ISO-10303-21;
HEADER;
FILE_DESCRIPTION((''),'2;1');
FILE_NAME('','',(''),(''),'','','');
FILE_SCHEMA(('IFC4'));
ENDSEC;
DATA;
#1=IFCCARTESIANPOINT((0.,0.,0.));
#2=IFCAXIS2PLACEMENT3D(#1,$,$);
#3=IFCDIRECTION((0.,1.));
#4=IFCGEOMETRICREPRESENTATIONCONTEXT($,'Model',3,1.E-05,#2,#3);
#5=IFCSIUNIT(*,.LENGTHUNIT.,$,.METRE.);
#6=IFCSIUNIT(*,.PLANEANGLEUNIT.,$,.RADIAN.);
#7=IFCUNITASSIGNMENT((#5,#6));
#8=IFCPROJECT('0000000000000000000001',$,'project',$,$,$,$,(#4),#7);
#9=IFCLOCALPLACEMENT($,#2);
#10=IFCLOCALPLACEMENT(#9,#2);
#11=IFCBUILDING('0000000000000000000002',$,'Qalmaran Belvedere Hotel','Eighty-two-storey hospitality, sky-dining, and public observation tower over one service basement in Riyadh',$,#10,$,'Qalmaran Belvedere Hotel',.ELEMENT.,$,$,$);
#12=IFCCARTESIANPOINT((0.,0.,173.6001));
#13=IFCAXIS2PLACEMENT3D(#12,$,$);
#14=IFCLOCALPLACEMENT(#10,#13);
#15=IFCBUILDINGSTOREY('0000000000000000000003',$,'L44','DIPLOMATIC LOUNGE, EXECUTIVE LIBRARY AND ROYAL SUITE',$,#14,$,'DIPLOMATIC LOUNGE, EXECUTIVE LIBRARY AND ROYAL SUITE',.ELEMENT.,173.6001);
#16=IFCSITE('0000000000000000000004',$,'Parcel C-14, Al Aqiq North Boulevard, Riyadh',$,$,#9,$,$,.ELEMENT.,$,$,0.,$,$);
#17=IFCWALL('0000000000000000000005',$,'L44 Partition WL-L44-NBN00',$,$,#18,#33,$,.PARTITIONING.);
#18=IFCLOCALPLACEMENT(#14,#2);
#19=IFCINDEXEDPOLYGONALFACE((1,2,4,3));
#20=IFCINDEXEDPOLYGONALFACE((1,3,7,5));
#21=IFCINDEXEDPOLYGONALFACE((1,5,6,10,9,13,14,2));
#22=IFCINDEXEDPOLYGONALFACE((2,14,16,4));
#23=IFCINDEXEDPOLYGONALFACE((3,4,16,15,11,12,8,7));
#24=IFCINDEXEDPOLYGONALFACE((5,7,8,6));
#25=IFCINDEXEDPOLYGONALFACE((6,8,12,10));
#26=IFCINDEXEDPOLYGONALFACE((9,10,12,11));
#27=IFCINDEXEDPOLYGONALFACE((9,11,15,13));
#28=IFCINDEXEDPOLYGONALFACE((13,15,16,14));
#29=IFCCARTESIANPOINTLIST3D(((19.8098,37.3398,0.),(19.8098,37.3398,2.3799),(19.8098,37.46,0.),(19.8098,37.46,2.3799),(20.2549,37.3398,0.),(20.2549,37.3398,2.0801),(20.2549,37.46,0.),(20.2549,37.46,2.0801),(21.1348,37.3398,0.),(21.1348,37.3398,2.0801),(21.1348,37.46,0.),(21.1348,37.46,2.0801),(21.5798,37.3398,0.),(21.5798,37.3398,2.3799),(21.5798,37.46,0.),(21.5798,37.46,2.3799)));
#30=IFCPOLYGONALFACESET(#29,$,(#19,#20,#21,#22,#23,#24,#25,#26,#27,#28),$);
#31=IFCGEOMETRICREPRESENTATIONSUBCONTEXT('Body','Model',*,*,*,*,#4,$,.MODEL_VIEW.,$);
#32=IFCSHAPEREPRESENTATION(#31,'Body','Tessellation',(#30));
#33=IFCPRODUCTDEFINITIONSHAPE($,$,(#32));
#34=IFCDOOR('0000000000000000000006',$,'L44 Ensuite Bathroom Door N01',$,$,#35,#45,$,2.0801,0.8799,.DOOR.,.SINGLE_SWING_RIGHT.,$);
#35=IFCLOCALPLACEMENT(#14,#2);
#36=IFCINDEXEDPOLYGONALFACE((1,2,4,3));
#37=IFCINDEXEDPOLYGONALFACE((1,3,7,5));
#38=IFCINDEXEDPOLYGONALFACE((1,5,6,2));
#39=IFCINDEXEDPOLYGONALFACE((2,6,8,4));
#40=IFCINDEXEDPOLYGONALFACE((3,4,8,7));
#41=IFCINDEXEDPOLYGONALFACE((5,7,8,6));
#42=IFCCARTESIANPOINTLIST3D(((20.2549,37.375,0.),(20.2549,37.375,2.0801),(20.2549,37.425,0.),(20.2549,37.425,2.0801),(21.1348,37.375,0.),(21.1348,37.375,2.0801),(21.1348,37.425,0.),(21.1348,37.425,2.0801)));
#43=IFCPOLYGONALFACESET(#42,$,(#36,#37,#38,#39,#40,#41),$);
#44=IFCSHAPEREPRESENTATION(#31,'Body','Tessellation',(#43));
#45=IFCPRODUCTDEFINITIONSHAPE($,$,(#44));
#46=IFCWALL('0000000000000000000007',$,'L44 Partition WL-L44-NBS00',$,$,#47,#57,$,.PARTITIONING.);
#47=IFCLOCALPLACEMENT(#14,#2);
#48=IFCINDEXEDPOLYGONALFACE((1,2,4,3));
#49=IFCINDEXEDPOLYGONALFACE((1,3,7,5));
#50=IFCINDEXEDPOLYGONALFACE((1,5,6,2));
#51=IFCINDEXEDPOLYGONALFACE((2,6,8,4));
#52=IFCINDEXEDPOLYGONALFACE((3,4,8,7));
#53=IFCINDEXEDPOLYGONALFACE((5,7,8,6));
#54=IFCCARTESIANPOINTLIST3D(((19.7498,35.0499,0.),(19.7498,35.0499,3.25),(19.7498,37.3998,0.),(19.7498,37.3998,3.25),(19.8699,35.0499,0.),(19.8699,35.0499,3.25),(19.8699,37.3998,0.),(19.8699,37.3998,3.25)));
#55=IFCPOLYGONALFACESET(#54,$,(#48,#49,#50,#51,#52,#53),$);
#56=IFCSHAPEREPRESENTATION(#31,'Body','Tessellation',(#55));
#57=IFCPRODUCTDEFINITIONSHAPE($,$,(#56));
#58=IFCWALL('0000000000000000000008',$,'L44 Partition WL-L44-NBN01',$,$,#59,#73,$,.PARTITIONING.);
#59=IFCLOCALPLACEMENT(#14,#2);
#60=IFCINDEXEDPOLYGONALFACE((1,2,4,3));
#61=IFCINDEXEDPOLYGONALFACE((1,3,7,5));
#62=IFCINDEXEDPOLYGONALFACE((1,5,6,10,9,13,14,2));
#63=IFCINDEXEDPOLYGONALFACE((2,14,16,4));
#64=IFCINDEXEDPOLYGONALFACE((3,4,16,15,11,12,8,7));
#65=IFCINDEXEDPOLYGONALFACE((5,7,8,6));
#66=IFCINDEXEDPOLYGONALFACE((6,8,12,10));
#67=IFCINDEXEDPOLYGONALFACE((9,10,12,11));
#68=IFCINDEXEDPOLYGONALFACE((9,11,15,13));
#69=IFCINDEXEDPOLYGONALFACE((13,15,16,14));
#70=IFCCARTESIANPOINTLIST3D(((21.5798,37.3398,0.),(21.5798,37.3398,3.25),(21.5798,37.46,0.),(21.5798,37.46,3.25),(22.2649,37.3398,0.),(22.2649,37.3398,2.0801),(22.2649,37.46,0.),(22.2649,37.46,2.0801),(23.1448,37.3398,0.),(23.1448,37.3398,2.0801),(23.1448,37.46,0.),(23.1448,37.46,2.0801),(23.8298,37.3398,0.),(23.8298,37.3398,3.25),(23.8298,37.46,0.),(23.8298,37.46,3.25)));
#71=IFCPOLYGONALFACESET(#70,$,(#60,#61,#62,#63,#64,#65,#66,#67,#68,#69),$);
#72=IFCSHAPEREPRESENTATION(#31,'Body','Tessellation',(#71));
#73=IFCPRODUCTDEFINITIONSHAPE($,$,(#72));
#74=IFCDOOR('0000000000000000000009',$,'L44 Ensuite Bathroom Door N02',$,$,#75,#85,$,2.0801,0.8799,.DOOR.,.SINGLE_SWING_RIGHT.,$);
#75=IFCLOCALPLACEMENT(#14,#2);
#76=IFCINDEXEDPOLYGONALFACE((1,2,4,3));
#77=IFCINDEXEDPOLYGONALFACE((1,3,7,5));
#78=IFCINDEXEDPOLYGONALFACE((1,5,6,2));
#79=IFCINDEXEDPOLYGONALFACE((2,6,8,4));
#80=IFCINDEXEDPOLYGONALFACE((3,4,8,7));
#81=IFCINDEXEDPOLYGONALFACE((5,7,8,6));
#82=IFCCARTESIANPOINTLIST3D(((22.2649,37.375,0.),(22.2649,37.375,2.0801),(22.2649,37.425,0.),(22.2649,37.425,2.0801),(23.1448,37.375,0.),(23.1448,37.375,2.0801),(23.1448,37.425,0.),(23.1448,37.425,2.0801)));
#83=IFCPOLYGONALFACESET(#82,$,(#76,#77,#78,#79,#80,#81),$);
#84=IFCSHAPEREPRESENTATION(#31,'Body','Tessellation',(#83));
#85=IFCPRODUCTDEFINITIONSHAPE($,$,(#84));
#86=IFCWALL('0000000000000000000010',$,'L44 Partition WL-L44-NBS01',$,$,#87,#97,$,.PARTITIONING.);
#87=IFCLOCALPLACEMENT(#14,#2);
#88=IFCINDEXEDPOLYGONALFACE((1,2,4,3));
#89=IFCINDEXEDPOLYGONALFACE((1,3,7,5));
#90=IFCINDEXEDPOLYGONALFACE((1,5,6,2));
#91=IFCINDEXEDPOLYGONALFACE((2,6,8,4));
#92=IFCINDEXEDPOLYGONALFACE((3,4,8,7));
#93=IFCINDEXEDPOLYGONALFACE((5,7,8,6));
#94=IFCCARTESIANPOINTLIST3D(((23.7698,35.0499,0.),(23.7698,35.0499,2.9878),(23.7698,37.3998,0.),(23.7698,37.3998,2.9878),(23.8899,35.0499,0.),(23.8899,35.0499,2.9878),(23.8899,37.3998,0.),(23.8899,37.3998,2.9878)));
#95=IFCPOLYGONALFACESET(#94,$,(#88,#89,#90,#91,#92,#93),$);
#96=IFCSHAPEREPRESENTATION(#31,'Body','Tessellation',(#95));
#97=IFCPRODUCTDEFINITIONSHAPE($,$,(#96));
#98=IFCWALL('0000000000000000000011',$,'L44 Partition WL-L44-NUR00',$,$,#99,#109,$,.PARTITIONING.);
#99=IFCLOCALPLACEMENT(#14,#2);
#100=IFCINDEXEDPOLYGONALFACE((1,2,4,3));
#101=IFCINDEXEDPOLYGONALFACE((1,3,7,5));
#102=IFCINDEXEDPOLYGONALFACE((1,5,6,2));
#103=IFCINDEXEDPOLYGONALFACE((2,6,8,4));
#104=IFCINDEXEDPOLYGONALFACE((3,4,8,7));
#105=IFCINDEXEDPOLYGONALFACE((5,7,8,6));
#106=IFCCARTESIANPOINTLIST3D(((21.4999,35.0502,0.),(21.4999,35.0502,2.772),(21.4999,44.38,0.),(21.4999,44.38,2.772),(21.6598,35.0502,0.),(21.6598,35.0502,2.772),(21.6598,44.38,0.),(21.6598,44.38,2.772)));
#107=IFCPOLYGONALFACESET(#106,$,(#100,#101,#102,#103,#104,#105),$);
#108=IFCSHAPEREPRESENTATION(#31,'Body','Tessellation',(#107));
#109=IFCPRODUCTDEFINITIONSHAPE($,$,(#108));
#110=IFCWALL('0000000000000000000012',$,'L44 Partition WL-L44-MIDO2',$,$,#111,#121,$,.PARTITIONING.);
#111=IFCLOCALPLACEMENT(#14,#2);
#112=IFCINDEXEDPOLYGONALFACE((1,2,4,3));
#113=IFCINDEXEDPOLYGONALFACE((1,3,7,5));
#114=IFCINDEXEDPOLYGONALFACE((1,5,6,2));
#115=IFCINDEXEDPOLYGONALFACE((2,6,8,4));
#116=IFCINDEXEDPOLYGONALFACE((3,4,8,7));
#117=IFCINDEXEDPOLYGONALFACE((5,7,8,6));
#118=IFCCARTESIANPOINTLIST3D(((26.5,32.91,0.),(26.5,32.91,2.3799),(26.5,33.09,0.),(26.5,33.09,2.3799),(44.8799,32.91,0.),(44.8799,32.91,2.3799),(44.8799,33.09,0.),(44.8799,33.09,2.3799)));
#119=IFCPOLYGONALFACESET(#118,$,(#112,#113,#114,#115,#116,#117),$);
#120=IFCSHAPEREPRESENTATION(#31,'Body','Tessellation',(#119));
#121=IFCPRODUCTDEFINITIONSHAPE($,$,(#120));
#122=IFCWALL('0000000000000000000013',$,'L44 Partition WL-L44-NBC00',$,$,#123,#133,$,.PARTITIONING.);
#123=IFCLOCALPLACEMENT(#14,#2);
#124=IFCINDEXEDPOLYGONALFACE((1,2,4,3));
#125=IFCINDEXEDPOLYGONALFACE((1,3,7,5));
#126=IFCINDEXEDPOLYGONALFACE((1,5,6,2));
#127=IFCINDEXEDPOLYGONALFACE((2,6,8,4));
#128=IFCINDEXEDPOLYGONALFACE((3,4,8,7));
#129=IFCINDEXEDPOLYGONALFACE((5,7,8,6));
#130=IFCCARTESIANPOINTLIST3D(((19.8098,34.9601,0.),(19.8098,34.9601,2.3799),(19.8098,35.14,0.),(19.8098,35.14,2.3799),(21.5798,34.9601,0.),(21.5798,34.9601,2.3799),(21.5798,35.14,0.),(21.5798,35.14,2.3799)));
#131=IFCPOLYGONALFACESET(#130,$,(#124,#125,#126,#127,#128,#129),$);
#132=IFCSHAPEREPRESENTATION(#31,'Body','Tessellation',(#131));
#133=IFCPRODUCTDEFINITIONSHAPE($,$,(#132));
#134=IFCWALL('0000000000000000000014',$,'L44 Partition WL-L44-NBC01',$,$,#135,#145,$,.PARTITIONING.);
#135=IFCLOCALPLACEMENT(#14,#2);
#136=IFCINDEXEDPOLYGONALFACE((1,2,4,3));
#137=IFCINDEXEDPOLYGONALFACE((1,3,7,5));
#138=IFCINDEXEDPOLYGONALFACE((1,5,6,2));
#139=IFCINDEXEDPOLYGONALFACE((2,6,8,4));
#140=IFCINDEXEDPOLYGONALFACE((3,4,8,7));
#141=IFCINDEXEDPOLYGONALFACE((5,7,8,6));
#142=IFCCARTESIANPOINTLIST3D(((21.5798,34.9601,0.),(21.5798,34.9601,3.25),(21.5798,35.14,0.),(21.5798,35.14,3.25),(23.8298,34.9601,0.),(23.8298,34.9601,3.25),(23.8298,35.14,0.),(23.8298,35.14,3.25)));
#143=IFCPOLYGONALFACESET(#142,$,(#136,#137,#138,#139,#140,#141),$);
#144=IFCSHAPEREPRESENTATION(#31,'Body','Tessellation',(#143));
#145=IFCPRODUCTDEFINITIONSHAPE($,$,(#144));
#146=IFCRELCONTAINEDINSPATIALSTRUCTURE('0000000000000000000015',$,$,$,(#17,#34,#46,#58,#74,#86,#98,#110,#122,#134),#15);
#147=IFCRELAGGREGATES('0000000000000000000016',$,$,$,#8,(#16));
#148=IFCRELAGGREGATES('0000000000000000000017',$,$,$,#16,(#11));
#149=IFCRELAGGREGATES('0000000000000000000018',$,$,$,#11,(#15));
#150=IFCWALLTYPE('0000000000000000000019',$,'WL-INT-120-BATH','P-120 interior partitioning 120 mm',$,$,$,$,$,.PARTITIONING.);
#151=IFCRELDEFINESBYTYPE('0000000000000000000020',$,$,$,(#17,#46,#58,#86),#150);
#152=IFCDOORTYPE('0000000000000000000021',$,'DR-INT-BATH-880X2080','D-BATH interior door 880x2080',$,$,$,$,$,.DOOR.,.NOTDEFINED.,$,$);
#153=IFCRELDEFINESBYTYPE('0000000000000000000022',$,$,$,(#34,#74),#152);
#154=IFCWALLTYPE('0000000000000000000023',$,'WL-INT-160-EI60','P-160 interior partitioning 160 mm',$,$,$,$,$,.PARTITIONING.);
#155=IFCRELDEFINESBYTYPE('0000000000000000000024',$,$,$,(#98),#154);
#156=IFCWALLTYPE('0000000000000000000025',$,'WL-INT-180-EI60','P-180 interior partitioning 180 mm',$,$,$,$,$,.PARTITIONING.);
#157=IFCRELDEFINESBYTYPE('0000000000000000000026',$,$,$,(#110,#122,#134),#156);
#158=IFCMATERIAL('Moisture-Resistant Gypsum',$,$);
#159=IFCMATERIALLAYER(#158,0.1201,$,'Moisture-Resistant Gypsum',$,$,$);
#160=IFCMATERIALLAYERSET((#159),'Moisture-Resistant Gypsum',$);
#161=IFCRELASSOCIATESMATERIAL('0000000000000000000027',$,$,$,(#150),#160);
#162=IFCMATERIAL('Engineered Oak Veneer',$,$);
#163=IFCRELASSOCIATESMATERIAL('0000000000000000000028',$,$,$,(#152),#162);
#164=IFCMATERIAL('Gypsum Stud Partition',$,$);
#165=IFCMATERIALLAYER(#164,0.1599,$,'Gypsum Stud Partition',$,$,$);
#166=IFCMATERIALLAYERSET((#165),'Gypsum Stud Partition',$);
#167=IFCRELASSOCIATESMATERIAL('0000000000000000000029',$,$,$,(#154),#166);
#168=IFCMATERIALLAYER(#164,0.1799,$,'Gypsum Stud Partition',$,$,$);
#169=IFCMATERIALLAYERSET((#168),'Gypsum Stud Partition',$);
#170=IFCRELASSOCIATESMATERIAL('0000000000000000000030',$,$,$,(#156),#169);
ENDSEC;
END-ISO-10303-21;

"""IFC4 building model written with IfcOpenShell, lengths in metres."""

from ifc_helpers import new_model, si_unit, direction, frame, frame_2d, origin, place, context, subcontext, project, spatial, rectangle, extrude, material, layer, layer_set, type_object, element, fill, save


model = new_model("IFC4")

# Units and contexts
model_context = context("Model", 3, precision=1e-05, world=origin(), true_north=direction((0.0, 1.0)))
body_context = subcontext(model_context, "Body", "Model", "MODEL_VIEW")
ifc_project = project(units=[si_unit("LENGTHUNIT", "METRE"), si_unit("PLANEANGLEUNIT", "RADIAN")], contexts=[model_context])

# Site, building, storey
site_placement = place(None, origin())
site = spatial("IfcSite", under=ifc_project, at=site_placement, Name="Parcel C-14, Al Aqiq North Boulevard, Riyadh", CompositionType="ELEMENT", RefElevation=0.0)
building_placement = place(site_placement, origin())
building = spatial("IfcBuilding", under=site, at=building_placement, Name="Qalmaran Belvedere Hotel", Description="Eighty-two-storey hospitality, sky-dining, and public observation tower over one service basement in Riyadh", LongName="Qalmaran Belvedere Hotel", CompositionType="ELEMENT")
storey_placement = place(building_placement, frame((0.0, 0.0, 173.6001)))
storey = spatial("IfcBuildingStorey", under=building, at=storey_placement, Name="L44", Description="DIPLOMATIC LOUNGE, EXECUTIVE LIBRARY AND ROYAL SUITE", LongName="DIPLOMATIC LOUNGE, EXECUTIVE LIBRARY AND ROYAL SUITE", CompositionType="ELEMENT", Elevation=173.6001)

# Wall, opening, door
ifc_material_1 = material(Name="Moisture-Resistant Gypsum")
ifc_layer_1 = layer(ifc_material_1, 0.1201, Name="Moisture-Resistant Gypsum")
ifc_layer_set_1 = layer_set([ifc_layer_1], Name="Moisture-Resistant Gypsum")
wall_type_1 = type_object("IfcWallType", Name="WL-INT-120-BATH", Description="P-120 interior partitioning 120 mm", PredefinedType="PARTITIONING", material=ifc_layer_set_1)
wall_1_placement = place(storey_placement, frame((19.8098, 37.3999, 0.0), z_axis=(0.0, 0.0, 1.0), x_axis=(1.0, 0.0, 0.0)))
wall_1 = element("IfcWall", 1, at=wall_1_placement, inside=storey, type_object=wall_type_1, Name="L44 Partition WL-L44-NBN00", PredefinedType="PARTITIONING", context=body_context, shape_type="SweptSolid", body=[
    extrude(rectangle(XDim=1.77, YDim=0.1201, at=frame_2d((0.885, 0.0))), origin(), (0.0, 0.0, 1.0), 2.3799),
])
opening_1_placement = place(wall_1_placement, frame((1.325, 0.0, 0.0), z_axis=(0.0, 0.0, 1.0), x_axis=(-1.0, 0.0, 0.0)))
opening_1 = element("IfcOpeningElement", 2, at=opening_1_placement, cuts=wall_1, PredefinedType="OPENING", context=body_context, shape_type="SweptSolid", body=[
    extrude(rectangle(XDim=0.8799, YDim=2.0801, at=frame_2d((0.4399, 1.04))), frame((0.0, 0.0701, 0.0), z_axis=(0.0, -1.0, 0.0), x_axis=(1.0, 0.0, 0.0)), (0.0, 0.0, 1.0), 0.1401),
])
ifc_material_2 = material(Name="Engineered Oak Veneer")
door_type_1 = type_object("IfcDoorType", Name="DR-INT-BATH-880X2080", Description="D-BATH interior door 880x2080", OperationType="NOTDEFINED", PredefinedType="DOOR", material=ifc_material_2)
door_1_placement = place(opening_1_placement, origin())
door_1 = element("IfcDoor", 3, at=door_1_placement, inside=storey, type_object=door_type_1, Name="L44 Ensuite Bathroom Door N01", OperationType="SINGLE_SWING_RIGHT", OverallHeight=2.0801, OverallWidth=0.8799, PredefinedType="DOOR", context=body_context, shape_type="SweptSolid", body=[
    extrude(rectangle(XDim=0.8799, YDim=2.0801, at=frame_2d((0.4399, 1.04))), frame((0.0, 0.0249, 0.0), z_axis=(0.0, -1.0, 0.0), x_axis=(1.0, 0.0, 0.0)), (0.0, 0.0, 1.0), 0.05),
])
fill(opening_1, door_1)

# Wall
wall_2_placement = place(storey_placement, frame((19.8098, 35.05, 0.0), z_axis=(0.0, 0.0, 1.0), x_axis=(0.0, 1.0, 0.0)))
element("IfcWall", 4, at=wall_2_placement, inside=storey, type_object=wall_type_1, Name="L44 Partition WL-L44-NBS00", PredefinedType="PARTITIONING", context=body_context, shape_type="SweptSolid", body=[
    extrude(rectangle(XDim=2.3499, YDim=0.1201, at=frame_2d((1.1748, 0.0))), origin(), (0.0, 0.0, 1.0), 3.25),
])

# Wall, opening, door
wall_3_placement = place(storey_placement, frame((21.5798, 37.3999, 0.0), z_axis=(0.0, 0.0, 1.0), x_axis=(1.0, 0.0, 0.0)))
wall_3 = element("IfcWall", 5, at=wall_3_placement, inside=storey, type_object=wall_type_1, Name="L44 Partition WL-L44-NBN01", PredefinedType="PARTITIONING", context=body_context, shape_type="SweptSolid", body=[
    extrude(rectangle(XDim=2.25, YDim=0.1201, at=frame_2d((1.125, 0.0))), origin(), (0.0, 0.0, 1.0), 3.25),
])
opening_2_placement = place(wall_3_placement, frame((1.5649, 0.0, 0.0), z_axis=(0.0, 0.0, 1.0), x_axis=(-1.0, 0.0, 0.0)))
opening_2 = element("IfcOpeningElement", 6, at=opening_2_placement, cuts=wall_3, PredefinedType="OPENING", context=body_context, shape_type="SweptSolid", body=[
    extrude(rectangle(XDim=0.8799, YDim=2.0801, at=frame_2d((0.4399, 1.04))), frame((0.0, 0.0701, 0.0), z_axis=(0.0, -1.0, 0.0), x_axis=(1.0, 0.0, 0.0)), (0.0, 0.0, 1.0), 0.1401),
])
door_2_placement = place(opening_2_placement, origin())
door_2 = element("IfcDoor", 7, at=door_2_placement, inside=storey, type_object=door_type_1, Name="L44 Ensuite Bathroom Door N02", OperationType="SINGLE_SWING_RIGHT", OverallHeight=2.0801, OverallWidth=0.8799, PredefinedType="DOOR", context=body_context, shape_type="SweptSolid", body=[
    extrude(rectangle(XDim=0.8799, YDim=2.0801, at=frame_2d((0.4399, 1.04))), frame((0.0, 0.0249, 0.0), z_axis=(0.0, -1.0, 0.0), x_axis=(1.0, 0.0, 0.0)), (0.0, 0.0, 1.0), 0.05),
])
fill(opening_2, door_2)

# Walls
wall_4_placement = place(storey_placement, frame((23.8298, 35.05, 0.0), z_axis=(0.0, 0.0, 1.0), x_axis=(0.0, 1.0, 0.0)))
element("IfcWall", 8, at=wall_4_placement, inside=storey, type_object=wall_type_1, Name="L44 Partition WL-L44-NBS01", PredefinedType="PARTITIONING", context=body_context, shape_type="SweptSolid", body=[
    extrude(rectangle(XDim=2.3499, YDim=0.1201, at=frame_2d((1.1748, 0.0))), origin(), (0.0, 0.0, 1.0), 2.9878),
])
ifc_material_3 = material(Name="Gypsum Stud Partition")
ifc_layer_2 = layer(ifc_material_3, 0.1599, Name="Gypsum Stud Partition")
ifc_layer_set_2 = layer_set([ifc_layer_2], Name="Gypsum Stud Partition")
wall_type_2 = type_object("IfcWallType", Name="WL-INT-160-EI60", Description="P-160 interior partitioning 160 mm", PredefinedType="PARTITIONING", material=ifc_layer_set_2)
wall_5_placement = place(storey_placement, frame((21.5798, 35.05, 0.0), z_axis=(0.0, 0.0, 1.0), x_axis=(0.0, 1.0, 0.0)))
element("IfcWall", 9, at=wall_5_placement, inside=storey, type_object=wall_type_2, Name="L44 Partition WL-L44-NUR00", PredefinedType="PARTITIONING", context=body_context, shape_type="SweptSolid", body=[
    extrude(rectangle(XDim=9.3298, YDim=0.1599, at=frame_2d((4.665, 0.0))), origin(), (0.0, 0.0, 1.0), 2.772),
])
ifc_layer_3 = layer(ifc_material_3, 0.1799, Name="Gypsum Stud Partition")
ifc_layer_set_3 = layer_set([ifc_layer_3], Name="Gypsum Stud Partition")
wall_type_3 = type_object("IfcWallType", Name="WL-INT-180-EI60", Description="P-180 interior partitioning 180 mm", PredefinedType="PARTITIONING", material=ifc_layer_set_3)
wall_6_placement = place(storey_placement, frame((26.5, 33.0, 0.0), z_axis=(0.0, 0.0, 1.0), x_axis=(1.0, 0.0, 0.0)))
element("IfcWall", 10, at=wall_6_placement, inside=storey, type_object=wall_type_3, Name="L44 Partition WL-L44-MIDO2", PredefinedType="PARTITIONING", context=body_context, shape_type="SweptSolid", body=[
    extrude(rectangle(XDim=18.3799, YDim=0.1799, at=frame_2d((9.1899, 0.0))), origin(), (0.0, 0.0, 1.0), 2.3799),
])
wall_7_placement = place(storey_placement, frame((19.8098, 35.05, 0.0), z_axis=(0.0, 0.0, 1.0), x_axis=(1.0, 0.0, 0.0)))
element("IfcWall", 11, at=wall_7_placement, inside=storey, type_object=wall_type_3, Name="L44 Partition WL-L44-NBC00", PredefinedType="PARTITIONING", context=body_context, shape_type="SweptSolid", body=[
    extrude(rectangle(XDim=1.77, YDim=0.1799, at=frame_2d((0.885, 0.0))), origin(), (0.0, 0.0, 1.0), 2.3799),
])
wall_8_placement = place(storey_placement, frame((21.5798, 35.05, 0.0), z_axis=(0.0, 0.0, 1.0), x_axis=(1.0, 0.0, 0.0)))
element("IfcWall", 12, at=wall_8_placement, inside=storey, type_object=wall_type_3, Name="L44 Partition WL-L44-NBC01", PredefinedType="PARTITIONING", context=body_context, shape_type="SweptSolid", body=[
    extrude(rectangle(XDim=2.25, YDim=0.1799, at=frame_2d((1.125, 0.0))), origin(), (0.0, 0.0, 1.0), 3.25),
])

save(model, "model.ifc")
